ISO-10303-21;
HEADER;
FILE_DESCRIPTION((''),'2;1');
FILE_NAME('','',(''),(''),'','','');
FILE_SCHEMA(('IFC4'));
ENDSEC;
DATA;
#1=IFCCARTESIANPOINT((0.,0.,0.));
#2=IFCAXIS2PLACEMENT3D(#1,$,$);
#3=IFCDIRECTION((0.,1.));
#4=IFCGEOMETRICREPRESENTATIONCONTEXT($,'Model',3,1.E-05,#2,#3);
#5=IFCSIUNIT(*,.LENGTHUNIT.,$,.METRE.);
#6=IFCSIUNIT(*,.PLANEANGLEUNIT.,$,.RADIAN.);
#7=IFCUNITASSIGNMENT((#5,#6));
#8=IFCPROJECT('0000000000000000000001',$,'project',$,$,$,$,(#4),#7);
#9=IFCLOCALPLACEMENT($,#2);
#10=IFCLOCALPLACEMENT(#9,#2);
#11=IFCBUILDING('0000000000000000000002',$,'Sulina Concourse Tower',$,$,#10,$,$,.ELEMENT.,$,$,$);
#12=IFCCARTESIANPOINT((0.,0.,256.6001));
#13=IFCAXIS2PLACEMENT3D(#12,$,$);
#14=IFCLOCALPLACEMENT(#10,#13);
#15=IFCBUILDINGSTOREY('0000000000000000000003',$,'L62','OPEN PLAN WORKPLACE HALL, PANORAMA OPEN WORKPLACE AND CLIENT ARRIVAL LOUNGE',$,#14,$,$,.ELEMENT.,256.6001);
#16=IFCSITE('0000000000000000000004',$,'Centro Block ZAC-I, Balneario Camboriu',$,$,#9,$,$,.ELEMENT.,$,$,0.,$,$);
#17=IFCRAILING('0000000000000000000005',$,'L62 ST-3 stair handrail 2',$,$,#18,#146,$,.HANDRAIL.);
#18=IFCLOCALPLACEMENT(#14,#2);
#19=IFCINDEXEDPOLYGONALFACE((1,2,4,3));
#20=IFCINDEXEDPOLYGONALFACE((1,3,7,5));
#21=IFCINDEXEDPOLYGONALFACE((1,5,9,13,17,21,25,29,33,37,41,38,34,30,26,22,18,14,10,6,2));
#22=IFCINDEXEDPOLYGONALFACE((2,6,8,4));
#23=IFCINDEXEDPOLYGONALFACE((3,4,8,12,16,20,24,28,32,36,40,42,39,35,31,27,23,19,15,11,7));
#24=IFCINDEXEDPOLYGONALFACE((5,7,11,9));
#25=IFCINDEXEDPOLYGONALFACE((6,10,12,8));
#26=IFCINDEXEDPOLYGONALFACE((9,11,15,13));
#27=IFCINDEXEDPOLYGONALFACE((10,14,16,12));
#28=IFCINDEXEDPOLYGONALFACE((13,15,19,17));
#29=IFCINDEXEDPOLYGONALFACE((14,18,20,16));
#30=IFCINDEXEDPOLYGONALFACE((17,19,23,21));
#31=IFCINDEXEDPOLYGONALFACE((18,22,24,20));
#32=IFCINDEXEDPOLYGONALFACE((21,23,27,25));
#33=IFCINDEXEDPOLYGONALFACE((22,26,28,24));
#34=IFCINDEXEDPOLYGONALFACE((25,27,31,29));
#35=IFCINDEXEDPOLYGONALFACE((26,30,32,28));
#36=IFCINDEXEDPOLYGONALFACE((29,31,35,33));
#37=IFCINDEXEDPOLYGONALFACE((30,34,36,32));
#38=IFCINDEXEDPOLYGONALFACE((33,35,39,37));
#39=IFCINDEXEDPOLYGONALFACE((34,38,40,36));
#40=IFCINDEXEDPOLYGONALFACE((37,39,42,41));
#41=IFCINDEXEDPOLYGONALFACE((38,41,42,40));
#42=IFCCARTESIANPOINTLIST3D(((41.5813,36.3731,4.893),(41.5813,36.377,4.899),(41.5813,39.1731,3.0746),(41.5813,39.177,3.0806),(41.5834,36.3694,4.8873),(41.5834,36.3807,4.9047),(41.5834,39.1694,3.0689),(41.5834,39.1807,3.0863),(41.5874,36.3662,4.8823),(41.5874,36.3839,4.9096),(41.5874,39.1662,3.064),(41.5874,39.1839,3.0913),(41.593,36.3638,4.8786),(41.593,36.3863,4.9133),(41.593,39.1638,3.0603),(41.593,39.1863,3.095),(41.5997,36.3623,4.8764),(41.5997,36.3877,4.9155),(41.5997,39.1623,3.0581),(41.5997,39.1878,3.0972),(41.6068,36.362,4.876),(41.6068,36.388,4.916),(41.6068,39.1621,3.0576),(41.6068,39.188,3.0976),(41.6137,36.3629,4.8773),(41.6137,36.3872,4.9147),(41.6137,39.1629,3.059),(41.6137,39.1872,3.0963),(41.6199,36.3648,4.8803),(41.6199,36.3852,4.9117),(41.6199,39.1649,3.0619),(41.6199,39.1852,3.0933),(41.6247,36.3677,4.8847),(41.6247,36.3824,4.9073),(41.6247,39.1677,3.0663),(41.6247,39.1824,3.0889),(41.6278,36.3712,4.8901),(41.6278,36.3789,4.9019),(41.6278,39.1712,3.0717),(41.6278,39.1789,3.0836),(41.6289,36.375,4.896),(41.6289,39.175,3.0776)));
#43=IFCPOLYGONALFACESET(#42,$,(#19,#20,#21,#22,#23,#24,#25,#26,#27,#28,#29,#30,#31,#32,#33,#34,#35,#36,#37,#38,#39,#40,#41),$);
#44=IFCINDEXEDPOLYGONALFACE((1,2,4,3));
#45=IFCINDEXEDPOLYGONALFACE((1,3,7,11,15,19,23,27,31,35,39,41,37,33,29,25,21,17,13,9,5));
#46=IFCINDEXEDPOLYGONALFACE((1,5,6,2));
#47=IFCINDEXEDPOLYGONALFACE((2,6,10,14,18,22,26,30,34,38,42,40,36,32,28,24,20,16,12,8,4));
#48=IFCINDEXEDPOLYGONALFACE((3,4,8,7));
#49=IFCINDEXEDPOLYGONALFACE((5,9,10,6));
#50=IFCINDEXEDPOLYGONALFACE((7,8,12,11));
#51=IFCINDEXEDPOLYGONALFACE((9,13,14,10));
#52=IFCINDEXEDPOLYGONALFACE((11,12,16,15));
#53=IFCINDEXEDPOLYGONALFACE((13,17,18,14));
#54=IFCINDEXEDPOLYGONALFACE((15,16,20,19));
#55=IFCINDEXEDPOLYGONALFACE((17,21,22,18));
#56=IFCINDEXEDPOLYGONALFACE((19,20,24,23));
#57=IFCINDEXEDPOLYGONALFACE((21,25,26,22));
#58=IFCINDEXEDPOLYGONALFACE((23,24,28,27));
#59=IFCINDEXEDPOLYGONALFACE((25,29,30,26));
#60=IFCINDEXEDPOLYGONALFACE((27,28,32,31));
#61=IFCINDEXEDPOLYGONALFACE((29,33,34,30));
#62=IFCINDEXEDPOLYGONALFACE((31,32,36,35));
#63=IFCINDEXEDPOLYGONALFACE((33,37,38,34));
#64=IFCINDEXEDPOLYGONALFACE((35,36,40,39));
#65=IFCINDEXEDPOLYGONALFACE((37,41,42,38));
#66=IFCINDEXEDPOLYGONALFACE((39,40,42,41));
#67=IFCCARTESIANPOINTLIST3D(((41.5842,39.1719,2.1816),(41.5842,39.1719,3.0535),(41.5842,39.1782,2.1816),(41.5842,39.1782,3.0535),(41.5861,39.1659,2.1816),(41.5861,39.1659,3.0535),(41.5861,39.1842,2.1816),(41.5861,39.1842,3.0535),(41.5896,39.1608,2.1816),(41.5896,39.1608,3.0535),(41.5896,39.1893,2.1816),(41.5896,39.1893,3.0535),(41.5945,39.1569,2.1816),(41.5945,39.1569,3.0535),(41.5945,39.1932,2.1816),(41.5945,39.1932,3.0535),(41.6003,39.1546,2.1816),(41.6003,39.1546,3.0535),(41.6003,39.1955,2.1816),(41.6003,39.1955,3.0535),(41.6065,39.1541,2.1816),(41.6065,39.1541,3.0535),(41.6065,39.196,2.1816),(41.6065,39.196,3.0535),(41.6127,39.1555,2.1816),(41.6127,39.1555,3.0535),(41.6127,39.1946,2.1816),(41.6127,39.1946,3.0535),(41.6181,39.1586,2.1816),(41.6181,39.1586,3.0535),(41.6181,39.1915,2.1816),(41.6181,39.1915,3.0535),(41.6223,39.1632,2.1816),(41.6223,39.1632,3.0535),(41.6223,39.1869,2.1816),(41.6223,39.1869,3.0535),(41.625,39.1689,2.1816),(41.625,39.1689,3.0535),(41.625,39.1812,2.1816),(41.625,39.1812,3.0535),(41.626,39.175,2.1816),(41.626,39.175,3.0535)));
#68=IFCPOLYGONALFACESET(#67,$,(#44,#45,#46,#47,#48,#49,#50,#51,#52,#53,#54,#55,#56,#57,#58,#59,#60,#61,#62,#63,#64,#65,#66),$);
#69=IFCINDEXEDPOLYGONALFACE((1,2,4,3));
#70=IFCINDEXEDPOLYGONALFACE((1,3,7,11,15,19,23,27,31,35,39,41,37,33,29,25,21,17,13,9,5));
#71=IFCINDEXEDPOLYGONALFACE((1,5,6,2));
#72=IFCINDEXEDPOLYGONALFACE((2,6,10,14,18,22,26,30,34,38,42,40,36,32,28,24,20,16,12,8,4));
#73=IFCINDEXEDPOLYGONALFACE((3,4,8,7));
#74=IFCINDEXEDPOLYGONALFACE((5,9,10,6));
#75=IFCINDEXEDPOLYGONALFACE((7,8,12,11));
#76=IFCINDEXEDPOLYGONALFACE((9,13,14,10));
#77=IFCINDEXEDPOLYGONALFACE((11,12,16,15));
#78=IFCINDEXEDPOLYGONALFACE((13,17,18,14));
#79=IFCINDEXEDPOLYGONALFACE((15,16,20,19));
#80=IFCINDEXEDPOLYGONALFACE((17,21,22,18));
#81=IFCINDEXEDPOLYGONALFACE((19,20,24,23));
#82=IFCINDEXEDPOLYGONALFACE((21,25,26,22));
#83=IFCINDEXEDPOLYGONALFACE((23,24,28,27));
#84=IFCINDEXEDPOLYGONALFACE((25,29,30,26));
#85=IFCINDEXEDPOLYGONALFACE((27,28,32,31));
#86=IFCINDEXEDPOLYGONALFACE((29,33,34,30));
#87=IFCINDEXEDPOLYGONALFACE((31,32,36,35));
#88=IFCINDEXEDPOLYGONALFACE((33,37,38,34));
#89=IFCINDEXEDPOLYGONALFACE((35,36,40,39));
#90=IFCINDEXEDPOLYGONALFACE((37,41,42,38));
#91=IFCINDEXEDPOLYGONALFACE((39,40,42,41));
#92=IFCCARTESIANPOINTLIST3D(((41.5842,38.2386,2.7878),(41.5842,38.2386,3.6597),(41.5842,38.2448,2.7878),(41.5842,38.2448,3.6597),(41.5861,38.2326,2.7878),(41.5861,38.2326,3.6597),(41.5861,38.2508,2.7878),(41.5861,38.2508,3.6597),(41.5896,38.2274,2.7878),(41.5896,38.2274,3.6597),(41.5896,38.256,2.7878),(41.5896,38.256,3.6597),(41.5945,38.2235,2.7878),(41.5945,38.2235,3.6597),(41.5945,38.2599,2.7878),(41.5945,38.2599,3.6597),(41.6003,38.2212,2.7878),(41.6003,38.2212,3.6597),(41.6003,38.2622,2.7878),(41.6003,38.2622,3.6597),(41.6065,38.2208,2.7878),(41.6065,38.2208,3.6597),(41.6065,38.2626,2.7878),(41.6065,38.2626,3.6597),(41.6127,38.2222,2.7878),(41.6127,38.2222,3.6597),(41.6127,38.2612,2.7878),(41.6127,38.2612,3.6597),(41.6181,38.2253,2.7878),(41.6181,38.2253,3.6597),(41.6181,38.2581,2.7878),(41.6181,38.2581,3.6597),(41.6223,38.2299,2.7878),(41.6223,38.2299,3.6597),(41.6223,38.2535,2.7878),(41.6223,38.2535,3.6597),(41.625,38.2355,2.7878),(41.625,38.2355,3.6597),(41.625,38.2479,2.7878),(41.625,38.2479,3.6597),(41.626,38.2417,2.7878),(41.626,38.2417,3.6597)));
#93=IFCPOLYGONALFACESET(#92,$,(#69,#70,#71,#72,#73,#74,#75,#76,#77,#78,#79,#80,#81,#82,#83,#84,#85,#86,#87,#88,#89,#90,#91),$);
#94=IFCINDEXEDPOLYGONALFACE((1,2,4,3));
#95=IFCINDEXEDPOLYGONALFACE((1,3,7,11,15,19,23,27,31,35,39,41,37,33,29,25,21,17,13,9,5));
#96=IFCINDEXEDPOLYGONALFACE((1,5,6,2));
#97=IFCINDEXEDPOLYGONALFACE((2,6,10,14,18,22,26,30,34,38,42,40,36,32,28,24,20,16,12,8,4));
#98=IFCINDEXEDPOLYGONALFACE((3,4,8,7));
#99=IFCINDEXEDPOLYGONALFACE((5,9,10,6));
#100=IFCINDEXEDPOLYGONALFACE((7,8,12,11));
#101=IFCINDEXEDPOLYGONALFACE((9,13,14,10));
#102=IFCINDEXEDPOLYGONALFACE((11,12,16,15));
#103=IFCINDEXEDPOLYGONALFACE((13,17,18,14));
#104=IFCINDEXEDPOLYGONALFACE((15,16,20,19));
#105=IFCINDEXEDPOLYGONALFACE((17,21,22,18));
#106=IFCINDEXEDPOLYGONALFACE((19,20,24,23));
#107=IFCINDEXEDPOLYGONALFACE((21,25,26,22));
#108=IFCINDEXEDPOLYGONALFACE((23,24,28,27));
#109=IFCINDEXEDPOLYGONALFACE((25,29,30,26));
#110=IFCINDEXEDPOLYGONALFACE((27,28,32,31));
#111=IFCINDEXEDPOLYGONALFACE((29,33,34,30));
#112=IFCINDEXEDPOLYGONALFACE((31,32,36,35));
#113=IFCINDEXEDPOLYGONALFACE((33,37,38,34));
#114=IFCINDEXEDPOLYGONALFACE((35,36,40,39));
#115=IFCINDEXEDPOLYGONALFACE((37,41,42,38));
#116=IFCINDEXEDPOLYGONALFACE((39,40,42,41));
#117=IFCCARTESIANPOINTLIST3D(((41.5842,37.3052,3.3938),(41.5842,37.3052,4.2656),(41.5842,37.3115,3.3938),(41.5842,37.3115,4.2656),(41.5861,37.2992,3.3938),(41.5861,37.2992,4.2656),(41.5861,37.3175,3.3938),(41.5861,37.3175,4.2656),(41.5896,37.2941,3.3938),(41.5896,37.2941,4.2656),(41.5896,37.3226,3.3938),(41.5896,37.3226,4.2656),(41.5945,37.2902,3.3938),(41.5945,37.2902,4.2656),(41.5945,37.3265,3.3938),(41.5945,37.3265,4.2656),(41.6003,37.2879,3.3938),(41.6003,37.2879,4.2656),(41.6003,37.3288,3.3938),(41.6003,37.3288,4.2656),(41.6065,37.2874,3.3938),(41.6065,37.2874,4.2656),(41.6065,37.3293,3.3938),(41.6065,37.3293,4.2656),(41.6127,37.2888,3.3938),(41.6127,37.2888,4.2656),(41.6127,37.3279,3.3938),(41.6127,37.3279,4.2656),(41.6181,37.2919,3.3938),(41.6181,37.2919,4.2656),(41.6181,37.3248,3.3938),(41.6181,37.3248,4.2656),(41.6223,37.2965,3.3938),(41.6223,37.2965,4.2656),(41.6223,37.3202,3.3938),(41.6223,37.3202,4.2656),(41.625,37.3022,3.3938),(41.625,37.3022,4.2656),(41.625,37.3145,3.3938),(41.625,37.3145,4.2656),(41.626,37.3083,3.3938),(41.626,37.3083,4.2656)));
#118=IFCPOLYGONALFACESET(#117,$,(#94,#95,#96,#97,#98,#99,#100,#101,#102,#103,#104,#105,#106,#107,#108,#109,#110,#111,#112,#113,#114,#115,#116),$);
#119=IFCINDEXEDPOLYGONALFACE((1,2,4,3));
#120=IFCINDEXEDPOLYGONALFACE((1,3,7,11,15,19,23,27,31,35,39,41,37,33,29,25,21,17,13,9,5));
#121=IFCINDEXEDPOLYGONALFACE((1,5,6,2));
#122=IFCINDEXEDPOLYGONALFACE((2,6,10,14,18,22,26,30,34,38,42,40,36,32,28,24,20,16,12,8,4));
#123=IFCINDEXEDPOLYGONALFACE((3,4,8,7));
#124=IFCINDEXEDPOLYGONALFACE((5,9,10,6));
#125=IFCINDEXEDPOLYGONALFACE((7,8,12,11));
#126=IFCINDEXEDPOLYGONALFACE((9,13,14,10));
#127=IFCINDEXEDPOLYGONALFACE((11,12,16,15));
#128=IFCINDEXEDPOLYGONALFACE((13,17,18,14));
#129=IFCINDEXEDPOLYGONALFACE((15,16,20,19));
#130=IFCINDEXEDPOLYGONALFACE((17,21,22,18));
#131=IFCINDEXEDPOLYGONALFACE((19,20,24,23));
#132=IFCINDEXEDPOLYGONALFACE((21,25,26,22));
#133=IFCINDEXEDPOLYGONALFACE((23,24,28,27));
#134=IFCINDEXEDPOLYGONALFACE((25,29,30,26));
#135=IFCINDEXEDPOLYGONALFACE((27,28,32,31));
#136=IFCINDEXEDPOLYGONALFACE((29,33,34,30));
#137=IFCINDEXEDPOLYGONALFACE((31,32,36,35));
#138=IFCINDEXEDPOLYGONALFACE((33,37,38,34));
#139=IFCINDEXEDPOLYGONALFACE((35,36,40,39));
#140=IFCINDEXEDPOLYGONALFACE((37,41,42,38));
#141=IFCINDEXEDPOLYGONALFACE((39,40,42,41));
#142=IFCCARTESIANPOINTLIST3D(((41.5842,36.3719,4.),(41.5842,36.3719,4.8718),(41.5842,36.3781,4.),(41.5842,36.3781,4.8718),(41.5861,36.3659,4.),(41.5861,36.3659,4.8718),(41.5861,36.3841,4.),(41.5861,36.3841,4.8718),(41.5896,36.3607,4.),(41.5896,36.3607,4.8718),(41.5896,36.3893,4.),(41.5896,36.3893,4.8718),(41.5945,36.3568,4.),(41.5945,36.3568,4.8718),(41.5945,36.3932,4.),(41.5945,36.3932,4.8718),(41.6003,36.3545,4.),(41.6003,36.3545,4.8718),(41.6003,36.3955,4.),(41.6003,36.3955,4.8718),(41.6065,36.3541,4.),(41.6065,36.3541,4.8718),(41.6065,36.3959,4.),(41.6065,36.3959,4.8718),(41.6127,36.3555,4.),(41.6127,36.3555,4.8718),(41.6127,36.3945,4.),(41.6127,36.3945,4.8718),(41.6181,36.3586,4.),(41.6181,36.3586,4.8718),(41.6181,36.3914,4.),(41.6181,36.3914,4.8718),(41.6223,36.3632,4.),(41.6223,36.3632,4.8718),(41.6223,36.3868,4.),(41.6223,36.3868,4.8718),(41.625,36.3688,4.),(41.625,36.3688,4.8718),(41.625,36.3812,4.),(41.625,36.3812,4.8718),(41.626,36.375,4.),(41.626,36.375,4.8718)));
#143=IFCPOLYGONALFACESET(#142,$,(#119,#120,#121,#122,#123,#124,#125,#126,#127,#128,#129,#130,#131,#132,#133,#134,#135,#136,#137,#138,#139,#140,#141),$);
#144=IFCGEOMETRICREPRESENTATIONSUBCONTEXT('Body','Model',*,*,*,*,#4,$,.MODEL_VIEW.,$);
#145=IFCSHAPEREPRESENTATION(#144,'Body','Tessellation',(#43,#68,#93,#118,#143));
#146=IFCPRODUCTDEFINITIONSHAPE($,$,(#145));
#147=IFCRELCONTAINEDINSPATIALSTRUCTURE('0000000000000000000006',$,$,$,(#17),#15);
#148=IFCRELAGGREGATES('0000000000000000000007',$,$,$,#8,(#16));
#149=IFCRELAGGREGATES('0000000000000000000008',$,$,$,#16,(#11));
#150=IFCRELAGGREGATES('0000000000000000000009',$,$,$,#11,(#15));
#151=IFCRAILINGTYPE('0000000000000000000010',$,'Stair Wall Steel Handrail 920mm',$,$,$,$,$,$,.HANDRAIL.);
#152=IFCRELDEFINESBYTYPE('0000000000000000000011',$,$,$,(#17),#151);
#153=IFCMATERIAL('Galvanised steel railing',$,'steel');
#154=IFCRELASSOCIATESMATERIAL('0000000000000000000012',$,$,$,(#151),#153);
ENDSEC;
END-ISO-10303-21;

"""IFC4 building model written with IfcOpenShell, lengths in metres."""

from ifc_helpers import new_model, si_unit, direction, frame, origin, origin_2d, place, context, subcontext, project, spatial, circle, extrude, material, type_object, element, save


model = new_model("IFC4")

# Units and contexts
model_context = context("Model", 3, precision=1e-05, world=origin(), true_north=direction((0.0, 1.0)))
body_context = subcontext(model_context, "Body", "Model", "MODEL_VIEW")
ifc_project = project(units=[si_unit("LENGTHUNIT", "METRE"), si_unit("PLANEANGLEUNIT", "RADIAN")], contexts=[model_context])

# Site, building, storey
site_placement = place(None, origin())
site = spatial("IfcSite", under=ifc_project, at=site_placement, Name="Centro Block ZAC-I, Balneario Camboriu", CompositionType="ELEMENT", RefElevation=0.0)
building_placement = place(site_placement, origin())
building = spatial("IfcBuilding", under=site, at=building_placement, Name="Sulina Concourse Tower", CompositionType="ELEMENT")
storey_placement = place(building_placement, frame((0.0, 0.0, 256.6001)))
storey = spatial("IfcBuildingStorey", under=building, at=storey_placement, Name="L62", Description="OPEN PLAN WORKPLACE HALL, PANORAMA OPEN WORKPLACE AND CLIENT ARRIVAL LOUNGE", CompositionType="ELEMENT", Elevation=256.6001)

# Railing
ifc_material_1 = material(Name="Galvanised steel railing", Category="steel")
railing_type_1 = type_object("IfcRailingType", Name="Stair Wall Steel Handrail 920mm", PredefinedType="HANDRAIL", material=ifc_material_1)
railing_1_placement = place(storey_placement, frame((41.605, 39.175, 2.1816)))
element("IfcRailing", 1, at=railing_1_placement, inside=storey, type_object=railing_type_1, Name="L62 ST-3 stair handrail 2", PredefinedType="HANDRAIL", context=body_context, shape_type="SweptSolid", body=[
    extrude(circle(Radius=0.0239, at=origin_2d()), frame((0.0, 0.0, 0.896), z_axis=(0.0, -0.838672, 0.544636), x_axis=(1.0, 0.0, 0.0)), (0.0, 0.0, 1.0), 3.3386),
    extrude(circle(Radius=0.021, at=origin_2d()), origin(), (0.0, 0.0, 1.0), 0.8718),
    extrude(circle(Radius=0.021, at=origin_2d()), frame((0.0, -0.9333, 0.6062)), (0.0, 0.0, 1.0), 0.8718),
    extrude(circle(Radius=0.021, at=origin_2d()), frame((0.0, -1.8667, 1.2122)), (0.0, 0.0, 1.0), 0.8718),
    extrude(circle(Radius=0.021, at=origin_2d()), frame((0.0, -2.8, 1.8184)), (0.0, 0.0, 1.0), 0.8718),
])

save(model, "model.ifc")
